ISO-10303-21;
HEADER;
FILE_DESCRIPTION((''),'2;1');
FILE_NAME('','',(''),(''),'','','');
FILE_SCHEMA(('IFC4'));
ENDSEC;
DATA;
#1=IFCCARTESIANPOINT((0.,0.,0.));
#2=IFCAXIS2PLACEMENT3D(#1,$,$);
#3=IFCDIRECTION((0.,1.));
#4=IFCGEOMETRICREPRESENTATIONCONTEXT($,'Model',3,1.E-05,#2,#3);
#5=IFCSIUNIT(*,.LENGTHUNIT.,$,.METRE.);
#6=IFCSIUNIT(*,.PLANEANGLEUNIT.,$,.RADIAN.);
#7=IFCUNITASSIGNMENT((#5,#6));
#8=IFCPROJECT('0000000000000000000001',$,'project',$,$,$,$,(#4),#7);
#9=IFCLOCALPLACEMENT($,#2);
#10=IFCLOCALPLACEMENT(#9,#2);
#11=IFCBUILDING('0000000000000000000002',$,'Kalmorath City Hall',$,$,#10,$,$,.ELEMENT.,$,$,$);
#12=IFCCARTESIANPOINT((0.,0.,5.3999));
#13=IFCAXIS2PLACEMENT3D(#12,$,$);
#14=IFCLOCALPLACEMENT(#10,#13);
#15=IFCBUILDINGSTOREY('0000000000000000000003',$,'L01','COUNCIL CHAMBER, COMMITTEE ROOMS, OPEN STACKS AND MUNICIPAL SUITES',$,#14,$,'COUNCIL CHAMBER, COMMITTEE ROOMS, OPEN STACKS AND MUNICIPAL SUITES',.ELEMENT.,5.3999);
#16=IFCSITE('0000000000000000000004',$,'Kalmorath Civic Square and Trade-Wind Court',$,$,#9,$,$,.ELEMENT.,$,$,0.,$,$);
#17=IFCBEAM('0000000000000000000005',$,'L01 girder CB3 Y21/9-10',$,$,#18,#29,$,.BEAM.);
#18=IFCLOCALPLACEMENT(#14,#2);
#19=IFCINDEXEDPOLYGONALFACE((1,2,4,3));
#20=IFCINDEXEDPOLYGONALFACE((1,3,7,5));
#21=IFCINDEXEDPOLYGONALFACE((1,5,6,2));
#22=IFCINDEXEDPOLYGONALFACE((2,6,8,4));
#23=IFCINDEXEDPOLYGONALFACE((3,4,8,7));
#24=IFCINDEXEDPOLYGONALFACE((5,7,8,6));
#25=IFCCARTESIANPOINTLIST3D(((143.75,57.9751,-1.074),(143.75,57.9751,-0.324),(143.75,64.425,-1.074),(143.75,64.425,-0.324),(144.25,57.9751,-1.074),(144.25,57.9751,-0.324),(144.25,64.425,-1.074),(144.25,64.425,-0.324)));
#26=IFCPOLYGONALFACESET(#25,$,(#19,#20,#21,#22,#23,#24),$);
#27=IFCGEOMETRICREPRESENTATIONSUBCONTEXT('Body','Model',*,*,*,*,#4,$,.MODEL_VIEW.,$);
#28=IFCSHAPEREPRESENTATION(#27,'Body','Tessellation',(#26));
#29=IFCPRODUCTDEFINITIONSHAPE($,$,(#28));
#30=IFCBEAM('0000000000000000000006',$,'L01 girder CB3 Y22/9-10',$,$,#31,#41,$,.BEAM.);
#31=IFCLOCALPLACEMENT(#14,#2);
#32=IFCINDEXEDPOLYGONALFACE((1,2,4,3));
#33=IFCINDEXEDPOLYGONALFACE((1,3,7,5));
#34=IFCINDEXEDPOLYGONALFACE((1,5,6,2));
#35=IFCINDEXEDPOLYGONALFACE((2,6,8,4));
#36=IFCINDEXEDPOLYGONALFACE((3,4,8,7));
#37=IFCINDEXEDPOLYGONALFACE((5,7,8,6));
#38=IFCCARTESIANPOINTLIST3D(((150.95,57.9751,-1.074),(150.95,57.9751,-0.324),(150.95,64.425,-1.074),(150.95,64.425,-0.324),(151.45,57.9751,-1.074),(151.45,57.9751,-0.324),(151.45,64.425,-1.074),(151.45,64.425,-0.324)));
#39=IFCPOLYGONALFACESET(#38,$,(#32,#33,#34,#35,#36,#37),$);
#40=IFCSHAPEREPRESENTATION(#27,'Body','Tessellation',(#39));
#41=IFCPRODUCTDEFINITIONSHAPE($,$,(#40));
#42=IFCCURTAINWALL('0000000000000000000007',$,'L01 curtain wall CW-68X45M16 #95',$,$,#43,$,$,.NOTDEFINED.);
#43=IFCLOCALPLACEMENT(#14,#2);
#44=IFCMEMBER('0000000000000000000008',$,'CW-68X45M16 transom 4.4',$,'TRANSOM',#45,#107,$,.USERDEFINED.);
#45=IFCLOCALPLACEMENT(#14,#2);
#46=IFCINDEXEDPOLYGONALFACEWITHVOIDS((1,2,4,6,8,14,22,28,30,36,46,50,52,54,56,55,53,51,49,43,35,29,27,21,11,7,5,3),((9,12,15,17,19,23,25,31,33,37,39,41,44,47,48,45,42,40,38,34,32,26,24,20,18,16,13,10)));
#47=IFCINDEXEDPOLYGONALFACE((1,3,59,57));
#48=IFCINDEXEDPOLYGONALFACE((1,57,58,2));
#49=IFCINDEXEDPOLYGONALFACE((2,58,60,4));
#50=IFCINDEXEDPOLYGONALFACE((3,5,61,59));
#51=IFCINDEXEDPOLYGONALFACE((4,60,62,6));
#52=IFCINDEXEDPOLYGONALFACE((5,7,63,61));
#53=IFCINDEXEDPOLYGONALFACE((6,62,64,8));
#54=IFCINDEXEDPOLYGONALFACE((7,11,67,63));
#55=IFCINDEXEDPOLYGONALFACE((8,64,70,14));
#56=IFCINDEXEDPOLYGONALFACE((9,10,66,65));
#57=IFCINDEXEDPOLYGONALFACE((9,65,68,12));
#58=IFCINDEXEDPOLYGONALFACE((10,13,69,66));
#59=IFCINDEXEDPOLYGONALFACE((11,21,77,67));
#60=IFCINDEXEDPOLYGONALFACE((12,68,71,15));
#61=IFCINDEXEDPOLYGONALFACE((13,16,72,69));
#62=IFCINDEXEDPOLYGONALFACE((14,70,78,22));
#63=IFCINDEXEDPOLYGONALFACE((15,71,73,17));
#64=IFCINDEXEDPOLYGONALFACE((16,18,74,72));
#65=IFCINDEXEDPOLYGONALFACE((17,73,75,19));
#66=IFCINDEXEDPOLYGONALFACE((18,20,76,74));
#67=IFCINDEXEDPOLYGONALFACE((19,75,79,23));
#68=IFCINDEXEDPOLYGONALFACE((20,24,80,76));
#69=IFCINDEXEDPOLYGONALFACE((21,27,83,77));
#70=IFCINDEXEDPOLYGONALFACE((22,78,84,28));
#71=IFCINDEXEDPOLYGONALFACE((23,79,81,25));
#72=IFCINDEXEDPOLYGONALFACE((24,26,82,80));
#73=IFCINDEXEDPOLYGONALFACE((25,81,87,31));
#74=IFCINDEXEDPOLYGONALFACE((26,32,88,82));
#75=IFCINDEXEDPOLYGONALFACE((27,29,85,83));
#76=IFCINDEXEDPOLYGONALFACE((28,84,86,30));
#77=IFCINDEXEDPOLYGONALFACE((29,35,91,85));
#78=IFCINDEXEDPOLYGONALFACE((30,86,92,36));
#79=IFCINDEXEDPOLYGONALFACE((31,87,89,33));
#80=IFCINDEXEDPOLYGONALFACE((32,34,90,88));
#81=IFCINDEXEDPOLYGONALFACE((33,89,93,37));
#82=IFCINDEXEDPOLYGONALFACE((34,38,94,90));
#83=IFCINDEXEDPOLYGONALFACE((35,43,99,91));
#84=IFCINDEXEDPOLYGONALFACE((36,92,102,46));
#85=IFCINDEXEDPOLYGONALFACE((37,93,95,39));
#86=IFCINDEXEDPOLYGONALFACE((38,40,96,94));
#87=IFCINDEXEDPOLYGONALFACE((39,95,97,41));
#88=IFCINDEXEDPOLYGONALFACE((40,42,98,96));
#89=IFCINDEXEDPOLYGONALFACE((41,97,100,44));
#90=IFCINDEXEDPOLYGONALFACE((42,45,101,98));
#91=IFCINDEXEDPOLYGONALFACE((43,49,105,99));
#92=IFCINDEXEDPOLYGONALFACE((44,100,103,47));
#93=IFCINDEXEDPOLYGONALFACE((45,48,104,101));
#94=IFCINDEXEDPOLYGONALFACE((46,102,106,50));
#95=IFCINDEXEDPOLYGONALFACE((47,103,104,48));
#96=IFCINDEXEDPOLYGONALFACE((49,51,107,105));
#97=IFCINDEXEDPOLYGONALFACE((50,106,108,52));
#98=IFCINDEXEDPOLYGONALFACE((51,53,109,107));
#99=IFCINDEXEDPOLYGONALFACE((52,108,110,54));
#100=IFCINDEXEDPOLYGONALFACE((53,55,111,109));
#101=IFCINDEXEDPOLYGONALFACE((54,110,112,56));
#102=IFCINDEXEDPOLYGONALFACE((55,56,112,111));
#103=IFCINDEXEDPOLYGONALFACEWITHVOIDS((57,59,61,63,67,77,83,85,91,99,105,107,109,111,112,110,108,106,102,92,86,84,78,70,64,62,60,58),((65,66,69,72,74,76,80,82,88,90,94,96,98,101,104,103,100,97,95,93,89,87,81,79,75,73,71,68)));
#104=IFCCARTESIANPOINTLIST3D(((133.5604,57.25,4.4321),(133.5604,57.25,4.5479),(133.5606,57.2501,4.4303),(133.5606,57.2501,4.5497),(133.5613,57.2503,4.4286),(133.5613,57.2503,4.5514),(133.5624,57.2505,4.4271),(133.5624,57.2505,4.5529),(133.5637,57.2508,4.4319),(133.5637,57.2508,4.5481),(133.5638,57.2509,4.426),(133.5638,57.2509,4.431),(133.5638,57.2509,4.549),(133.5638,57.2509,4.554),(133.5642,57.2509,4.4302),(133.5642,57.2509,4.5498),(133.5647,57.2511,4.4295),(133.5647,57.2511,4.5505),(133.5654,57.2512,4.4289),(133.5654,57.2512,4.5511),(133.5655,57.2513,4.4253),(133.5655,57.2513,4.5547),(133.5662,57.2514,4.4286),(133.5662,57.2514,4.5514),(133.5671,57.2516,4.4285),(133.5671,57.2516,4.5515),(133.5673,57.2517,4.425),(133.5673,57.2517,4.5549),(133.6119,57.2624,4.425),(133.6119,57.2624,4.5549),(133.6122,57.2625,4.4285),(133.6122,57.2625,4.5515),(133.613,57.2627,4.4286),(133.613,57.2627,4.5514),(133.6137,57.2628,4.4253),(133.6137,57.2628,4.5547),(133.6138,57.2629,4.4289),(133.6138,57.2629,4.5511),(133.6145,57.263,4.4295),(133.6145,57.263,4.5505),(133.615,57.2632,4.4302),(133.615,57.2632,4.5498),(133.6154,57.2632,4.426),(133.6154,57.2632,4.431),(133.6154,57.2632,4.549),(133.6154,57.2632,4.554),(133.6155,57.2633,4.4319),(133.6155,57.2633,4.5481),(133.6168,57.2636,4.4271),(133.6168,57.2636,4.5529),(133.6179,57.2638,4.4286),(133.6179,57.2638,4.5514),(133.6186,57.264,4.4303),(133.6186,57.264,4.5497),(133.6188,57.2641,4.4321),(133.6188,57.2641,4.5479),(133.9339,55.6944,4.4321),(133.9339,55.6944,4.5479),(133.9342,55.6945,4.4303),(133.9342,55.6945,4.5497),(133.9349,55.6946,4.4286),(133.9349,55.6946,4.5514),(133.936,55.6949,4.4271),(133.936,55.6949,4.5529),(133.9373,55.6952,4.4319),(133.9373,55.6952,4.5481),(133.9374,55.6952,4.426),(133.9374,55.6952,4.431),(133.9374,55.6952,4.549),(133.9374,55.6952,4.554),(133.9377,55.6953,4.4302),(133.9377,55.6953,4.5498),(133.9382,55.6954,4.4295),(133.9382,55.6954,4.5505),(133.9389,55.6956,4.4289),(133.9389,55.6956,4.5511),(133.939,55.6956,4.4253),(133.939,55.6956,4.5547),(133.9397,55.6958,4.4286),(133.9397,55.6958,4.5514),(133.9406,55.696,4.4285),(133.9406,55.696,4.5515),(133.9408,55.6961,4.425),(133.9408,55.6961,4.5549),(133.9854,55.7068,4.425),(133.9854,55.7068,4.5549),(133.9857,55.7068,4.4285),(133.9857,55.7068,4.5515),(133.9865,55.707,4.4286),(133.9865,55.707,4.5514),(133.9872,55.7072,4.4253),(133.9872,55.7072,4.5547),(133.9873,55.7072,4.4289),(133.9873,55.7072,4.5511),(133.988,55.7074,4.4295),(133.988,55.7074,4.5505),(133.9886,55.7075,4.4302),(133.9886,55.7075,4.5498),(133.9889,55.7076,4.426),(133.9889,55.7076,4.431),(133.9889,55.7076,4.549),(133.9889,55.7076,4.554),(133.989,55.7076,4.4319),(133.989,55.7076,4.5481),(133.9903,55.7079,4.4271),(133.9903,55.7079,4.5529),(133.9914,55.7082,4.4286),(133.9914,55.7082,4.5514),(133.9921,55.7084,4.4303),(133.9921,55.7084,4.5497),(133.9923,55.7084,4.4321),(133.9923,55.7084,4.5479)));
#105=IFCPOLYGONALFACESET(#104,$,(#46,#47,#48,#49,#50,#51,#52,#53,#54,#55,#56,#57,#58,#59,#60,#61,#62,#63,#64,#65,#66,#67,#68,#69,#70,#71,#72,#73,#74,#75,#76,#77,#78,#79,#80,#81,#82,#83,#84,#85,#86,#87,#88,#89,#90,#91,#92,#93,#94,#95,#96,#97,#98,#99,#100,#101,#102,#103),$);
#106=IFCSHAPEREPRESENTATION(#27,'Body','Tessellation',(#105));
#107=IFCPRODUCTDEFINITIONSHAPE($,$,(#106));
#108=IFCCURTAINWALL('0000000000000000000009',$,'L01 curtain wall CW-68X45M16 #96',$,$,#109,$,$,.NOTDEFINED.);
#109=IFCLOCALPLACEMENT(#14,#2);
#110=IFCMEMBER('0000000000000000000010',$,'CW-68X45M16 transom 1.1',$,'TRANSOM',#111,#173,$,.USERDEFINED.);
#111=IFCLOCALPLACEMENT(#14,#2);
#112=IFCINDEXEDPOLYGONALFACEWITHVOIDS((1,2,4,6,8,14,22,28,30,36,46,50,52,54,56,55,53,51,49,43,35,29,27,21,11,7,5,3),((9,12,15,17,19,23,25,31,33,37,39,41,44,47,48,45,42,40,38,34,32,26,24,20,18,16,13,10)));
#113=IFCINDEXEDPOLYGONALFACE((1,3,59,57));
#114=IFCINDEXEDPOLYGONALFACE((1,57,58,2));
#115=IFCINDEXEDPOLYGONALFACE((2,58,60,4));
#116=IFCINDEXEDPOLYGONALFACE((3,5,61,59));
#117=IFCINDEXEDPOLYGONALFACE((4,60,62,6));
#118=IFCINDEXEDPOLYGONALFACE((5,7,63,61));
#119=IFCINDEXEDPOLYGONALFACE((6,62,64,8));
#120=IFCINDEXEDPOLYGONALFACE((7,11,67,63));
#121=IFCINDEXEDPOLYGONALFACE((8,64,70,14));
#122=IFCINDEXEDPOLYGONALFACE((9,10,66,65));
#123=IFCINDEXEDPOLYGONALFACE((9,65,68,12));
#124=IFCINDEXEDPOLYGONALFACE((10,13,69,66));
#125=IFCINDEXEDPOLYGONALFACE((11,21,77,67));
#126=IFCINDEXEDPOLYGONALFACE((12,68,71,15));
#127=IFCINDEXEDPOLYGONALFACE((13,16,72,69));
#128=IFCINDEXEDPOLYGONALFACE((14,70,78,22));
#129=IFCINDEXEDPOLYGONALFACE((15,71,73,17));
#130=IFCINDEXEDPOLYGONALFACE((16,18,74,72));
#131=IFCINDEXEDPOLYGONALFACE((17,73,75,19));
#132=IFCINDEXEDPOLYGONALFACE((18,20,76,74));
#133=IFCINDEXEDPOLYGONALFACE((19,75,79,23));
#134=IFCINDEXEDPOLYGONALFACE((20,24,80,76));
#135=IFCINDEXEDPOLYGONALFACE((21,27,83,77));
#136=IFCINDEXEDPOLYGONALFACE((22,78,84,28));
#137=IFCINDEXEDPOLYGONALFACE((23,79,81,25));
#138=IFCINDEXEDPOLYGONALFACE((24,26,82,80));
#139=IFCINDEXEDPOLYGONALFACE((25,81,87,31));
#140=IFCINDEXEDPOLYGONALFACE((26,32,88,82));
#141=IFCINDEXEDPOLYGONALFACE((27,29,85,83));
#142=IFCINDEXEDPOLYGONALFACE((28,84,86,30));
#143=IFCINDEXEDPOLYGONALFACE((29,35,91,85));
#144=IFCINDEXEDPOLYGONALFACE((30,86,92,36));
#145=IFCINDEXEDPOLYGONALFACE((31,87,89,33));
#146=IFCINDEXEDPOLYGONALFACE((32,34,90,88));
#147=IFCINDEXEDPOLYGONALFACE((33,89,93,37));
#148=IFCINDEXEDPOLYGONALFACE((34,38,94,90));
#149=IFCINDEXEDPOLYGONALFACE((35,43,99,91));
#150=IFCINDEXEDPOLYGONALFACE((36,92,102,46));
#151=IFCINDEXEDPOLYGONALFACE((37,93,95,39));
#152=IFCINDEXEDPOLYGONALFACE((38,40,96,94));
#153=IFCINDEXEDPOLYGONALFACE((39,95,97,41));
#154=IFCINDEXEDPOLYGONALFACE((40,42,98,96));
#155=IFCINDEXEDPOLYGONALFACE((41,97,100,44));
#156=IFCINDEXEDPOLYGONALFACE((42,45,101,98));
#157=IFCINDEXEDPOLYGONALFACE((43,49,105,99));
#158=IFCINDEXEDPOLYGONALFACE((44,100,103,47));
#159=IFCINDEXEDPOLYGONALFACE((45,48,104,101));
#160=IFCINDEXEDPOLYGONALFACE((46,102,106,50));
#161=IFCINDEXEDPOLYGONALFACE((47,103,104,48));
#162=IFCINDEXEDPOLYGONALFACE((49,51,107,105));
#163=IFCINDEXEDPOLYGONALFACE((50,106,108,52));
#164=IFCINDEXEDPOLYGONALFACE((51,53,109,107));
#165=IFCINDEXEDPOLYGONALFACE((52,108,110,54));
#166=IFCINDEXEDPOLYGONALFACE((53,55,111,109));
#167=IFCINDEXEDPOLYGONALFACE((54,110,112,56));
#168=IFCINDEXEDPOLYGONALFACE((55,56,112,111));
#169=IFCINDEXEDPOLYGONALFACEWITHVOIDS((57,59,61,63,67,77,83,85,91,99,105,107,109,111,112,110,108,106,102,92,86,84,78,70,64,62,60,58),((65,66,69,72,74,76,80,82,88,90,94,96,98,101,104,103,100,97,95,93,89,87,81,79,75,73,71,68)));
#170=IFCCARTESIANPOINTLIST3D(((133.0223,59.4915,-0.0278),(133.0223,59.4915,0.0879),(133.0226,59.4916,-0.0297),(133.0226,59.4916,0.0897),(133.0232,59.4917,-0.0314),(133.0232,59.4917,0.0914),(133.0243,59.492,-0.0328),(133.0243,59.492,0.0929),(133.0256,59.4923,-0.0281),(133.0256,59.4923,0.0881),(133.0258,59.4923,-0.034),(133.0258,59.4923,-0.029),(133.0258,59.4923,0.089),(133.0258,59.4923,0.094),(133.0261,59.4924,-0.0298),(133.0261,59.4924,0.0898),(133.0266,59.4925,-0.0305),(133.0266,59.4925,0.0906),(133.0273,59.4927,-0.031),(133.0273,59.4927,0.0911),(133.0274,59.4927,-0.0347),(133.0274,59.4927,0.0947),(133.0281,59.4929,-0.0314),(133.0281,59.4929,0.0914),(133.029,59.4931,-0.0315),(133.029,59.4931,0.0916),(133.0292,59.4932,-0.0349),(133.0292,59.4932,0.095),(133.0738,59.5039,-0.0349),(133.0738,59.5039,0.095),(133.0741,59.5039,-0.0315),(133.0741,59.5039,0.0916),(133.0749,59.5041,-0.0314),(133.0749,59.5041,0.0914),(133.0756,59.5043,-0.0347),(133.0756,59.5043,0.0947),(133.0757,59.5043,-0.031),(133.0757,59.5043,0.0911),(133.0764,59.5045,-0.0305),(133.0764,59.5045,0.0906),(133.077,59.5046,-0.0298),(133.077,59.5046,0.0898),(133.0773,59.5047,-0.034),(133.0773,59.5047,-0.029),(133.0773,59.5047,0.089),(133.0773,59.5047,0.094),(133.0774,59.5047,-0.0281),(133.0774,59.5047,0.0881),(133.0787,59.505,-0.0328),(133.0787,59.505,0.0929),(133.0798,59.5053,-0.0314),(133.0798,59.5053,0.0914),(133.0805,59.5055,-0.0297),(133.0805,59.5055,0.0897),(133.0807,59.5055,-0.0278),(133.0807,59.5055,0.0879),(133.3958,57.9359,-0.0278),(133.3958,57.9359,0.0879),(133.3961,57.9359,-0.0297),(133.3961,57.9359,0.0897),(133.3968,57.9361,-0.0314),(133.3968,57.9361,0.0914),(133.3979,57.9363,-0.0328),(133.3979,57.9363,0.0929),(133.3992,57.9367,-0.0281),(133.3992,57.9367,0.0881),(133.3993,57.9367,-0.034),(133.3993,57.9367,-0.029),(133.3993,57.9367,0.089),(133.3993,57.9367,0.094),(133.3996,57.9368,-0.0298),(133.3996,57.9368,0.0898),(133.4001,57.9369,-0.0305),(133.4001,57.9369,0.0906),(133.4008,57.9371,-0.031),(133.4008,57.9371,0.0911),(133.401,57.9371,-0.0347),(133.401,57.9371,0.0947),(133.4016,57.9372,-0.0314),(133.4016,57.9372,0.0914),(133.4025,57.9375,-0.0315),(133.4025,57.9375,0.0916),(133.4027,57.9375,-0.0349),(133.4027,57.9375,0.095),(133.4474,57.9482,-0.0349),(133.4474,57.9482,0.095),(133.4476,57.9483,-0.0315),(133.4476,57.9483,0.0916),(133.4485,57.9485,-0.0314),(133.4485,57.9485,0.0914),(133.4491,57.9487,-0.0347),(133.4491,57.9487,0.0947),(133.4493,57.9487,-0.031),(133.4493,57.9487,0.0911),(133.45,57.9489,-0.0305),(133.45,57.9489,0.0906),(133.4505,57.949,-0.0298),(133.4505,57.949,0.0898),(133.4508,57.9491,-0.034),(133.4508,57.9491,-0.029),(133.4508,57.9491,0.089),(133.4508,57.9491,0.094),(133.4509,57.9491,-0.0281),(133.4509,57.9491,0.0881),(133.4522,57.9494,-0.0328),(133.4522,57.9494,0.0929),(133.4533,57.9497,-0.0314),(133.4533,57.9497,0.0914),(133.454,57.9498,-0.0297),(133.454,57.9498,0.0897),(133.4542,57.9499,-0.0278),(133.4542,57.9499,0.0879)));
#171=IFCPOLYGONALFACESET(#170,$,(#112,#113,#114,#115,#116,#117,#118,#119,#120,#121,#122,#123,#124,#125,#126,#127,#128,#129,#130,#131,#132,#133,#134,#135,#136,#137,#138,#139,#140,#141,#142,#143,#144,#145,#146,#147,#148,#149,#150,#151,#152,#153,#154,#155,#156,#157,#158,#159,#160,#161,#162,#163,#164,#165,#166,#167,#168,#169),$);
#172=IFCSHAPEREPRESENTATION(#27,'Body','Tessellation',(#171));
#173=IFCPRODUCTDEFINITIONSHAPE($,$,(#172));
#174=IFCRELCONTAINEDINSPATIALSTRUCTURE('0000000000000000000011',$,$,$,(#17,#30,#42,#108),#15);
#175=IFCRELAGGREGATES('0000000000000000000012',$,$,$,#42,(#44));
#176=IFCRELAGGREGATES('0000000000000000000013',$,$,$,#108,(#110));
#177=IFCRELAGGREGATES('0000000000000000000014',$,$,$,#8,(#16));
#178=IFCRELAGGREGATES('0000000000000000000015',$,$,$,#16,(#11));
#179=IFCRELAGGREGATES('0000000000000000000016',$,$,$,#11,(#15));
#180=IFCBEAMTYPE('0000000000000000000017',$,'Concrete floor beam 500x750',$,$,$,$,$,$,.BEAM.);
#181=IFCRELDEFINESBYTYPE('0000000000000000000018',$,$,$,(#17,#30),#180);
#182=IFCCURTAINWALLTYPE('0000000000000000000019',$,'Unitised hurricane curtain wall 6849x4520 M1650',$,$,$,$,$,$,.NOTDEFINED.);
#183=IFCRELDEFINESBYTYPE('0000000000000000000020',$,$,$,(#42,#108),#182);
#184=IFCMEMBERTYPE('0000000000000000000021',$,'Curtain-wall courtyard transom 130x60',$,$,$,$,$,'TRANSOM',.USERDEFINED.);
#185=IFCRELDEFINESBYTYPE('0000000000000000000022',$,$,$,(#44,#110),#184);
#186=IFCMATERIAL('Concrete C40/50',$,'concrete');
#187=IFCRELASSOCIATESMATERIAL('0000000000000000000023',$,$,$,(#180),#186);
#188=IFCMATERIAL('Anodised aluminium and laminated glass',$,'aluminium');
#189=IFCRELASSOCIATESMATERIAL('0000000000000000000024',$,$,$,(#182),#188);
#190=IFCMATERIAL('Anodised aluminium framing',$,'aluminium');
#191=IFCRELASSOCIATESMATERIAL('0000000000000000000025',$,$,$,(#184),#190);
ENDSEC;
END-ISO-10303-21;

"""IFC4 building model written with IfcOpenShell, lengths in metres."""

from ifc_helpers import new_model, si_unit, direction, frame, origin, origin_2d, place, context, subcontext, project, spatial, rectangle, hollow_rectangle, extrude, material, material_profile, profile_set, type_object, element, aggregate, save


model = new_model("IFC4")

# Units and contexts
model_context = context("Model", 3, precision=1e-05, world=origin(), true_north=direction((0.0, 1.0)))
body_context = subcontext(model_context, "Body", "Model", "MODEL_VIEW")
ifc_project = project(units=[si_unit("LENGTHUNIT", "METRE"), si_unit("PLANEANGLEUNIT", "RADIAN")], contexts=[model_context])

# Site, building, storey
site_placement = place(None, origin())
site = spatial("IfcSite", under=ifc_project, at=site_placement, Name="Kalmorath Civic Square and Trade-Wind Court", CompositionType="ELEMENT", RefElevation=0.0)
building_placement = place(site_placement, origin())
building = spatial("IfcBuilding", under=site, at=building_placement, Name="Kalmorath City Hall", CompositionType="ELEMENT")
storey_placement = place(building_placement, frame((0.0, 0.0, 5.3999)))
storey = spatial("IfcBuildingStorey", under=building, at=storey_placement, Name="L01", Description="COUNCIL CHAMBER, COMMITTEE ROOMS, OPEN STACKS AND MUNICIPAL SUITES", LongName="COUNCIL CHAMBER, COMMITTEE ROOMS, OPEN STACKS AND MUNICIPAL SUITES", CompositionType="ELEMENT", Elevation=5.3999)

# Beams
ifc_material_1 = material(Name="Concrete C40/50", Category="concrete")
ifc_material_profile_1 = material_profile(ifc_material_1, rectangle(XDim=0.5, YDim=0.75, at=origin_2d()), Name="RC-BM-500X750")
ifc_profile_set_1 = profile_set([ifc_material_profile_1], Name="Concrete C40/50")
beam_type_1 = type_object("IfcBeamType", Name="Concrete floor beam 500x750", PredefinedType="BEAM", material=ifc_profile_set_1)
for number, where, z_axis, x_axis, name in (
    (1, (144.0, 57.9751, -0.699), (0.0, 1.0, 0.0), (-1.0, 0.0, 0.0), "L01 girder CB3 Y21/9-10"),
    (2, (151.2, 57.9751, -0.699), (0.0, 1.0, 0.0), (-1.0, 0.0, 0.0), "L01 girder CB3 Y22/9-10"),
):
    element("IfcBeam", number, at=place(storey_placement, frame(where, z_axis=z_axis, x_axis=x_axis)), inside=storey, type_object=beam_type_1, Name=name, PredefinedType="BEAM", context=body_context, shape_type="SweptSolid", body=[
        extrude(rectangle(XDim=0.5, YDim=0.75, at=origin_2d()), origin(), (0.0, 0.0, 1.0), 6.45),
    ])

# Curtain wall, member
ifc_material_2 = material(Name="Anodised aluminium and laminated glass", Category="aluminium")
curtain_wall_type = type_object("IfcCurtainWallType", Name="Unitised hurricane curtain wall 6849x4520 M1650", PredefinedType="NOTDEFINED", material=ifc_material_2)
curtain_wall_1_placement = place(storey_placement, origin())
curtain_wall_1 = element("IfcCurtainWall", 3, at=curtain_wall_1_placement, inside=storey, type_object=curtain_wall_type, Name="L01 curtain wall CW-68X45M16 #95", PredefinedType="NOTDEFINED")
ifc_material_3 = material(Name="Anodised aluminium framing", Category="aluminium")
ifc_material_profile_2 = material_profile(ifc_material_3, hollow_rectangle(XDim=0.0601, YDim=0.1299, WallThickness=0.0034, InnerFilletRadius=0.0034, OuterFilletRadius=0.0071, at=origin_2d()), Name="ALU-TRN-130X60X3.5")
ifc_profile_set_2 = profile_set([ifc_material_profile_2], Name="Anodised aluminium framing")
member_type_1 = type_object("IfcMemberType", Name="Curtain-wall courtyard transom 130x60", ElementType="TRANSOM", PredefinedType="USERDEFINED", material=ifc_profile_set_2)
member_1_placement = place(storey_placement, frame((133.9631, 55.7014, 4.49), z_axis=(-0.233477, 0.972362, 0.0), x_axis=(-0.972362, -0.233477, 0.0)))
member_1 = element("IfcMember", 4, at=member_1_placement, type_object=member_type_1, Name="CW-68X45M16 transom 4.4", ObjectType="TRANSOM", PredefinedType="USERDEFINED", context=body_context, shape_type="SweptSolid", body=[
    extrude(hollow_rectangle(XDim=0.0601, YDim=0.1299, WallThickness=0.0034, InnerFilletRadius=0.0034, OuterFilletRadius=0.0071, at=origin_2d()), origin(), (0.0, 0.0, 1.0), 1.5999),
])

# Curtain wall, member
curtain_wall_2_placement = place(storey_placement, origin())
curtain_wall_2 = element("IfcCurtainWall", 5, at=curtain_wall_2_placement, inside=storey, type_object=curtain_wall_type, Name="L01 curtain wall CW-68X45M16 #96", PredefinedType="NOTDEFINED")
member_2_placement = place(storey_placement, frame((133.425, 57.9429, 0.03), z_axis=(-0.233477, 0.972362, 0.0), x_axis=(-0.972362, -0.233477, 0.0)))
member_2 = element("IfcMember", 6, at=member_2_placement, type_object=member_type_1, Name="CW-68X45M16 transom 1.1", ObjectType="TRANSOM", PredefinedType="USERDEFINED", context=body_context, shape_type="SweptSolid", body=[
    extrude(hollow_rectangle(XDim=0.0601, YDim=0.1299, WallThickness=0.0034, InnerFilletRadius=0.0034, OuterFilletRadius=0.0071, at=origin_2d()), origin(), (0.0, 0.0, 1.0), 1.5999),
])

aggregate(curtain_wall_1, [member_1])
aggregate(curtain_wall_2, [member_2])

save(model, "model.ifc")
